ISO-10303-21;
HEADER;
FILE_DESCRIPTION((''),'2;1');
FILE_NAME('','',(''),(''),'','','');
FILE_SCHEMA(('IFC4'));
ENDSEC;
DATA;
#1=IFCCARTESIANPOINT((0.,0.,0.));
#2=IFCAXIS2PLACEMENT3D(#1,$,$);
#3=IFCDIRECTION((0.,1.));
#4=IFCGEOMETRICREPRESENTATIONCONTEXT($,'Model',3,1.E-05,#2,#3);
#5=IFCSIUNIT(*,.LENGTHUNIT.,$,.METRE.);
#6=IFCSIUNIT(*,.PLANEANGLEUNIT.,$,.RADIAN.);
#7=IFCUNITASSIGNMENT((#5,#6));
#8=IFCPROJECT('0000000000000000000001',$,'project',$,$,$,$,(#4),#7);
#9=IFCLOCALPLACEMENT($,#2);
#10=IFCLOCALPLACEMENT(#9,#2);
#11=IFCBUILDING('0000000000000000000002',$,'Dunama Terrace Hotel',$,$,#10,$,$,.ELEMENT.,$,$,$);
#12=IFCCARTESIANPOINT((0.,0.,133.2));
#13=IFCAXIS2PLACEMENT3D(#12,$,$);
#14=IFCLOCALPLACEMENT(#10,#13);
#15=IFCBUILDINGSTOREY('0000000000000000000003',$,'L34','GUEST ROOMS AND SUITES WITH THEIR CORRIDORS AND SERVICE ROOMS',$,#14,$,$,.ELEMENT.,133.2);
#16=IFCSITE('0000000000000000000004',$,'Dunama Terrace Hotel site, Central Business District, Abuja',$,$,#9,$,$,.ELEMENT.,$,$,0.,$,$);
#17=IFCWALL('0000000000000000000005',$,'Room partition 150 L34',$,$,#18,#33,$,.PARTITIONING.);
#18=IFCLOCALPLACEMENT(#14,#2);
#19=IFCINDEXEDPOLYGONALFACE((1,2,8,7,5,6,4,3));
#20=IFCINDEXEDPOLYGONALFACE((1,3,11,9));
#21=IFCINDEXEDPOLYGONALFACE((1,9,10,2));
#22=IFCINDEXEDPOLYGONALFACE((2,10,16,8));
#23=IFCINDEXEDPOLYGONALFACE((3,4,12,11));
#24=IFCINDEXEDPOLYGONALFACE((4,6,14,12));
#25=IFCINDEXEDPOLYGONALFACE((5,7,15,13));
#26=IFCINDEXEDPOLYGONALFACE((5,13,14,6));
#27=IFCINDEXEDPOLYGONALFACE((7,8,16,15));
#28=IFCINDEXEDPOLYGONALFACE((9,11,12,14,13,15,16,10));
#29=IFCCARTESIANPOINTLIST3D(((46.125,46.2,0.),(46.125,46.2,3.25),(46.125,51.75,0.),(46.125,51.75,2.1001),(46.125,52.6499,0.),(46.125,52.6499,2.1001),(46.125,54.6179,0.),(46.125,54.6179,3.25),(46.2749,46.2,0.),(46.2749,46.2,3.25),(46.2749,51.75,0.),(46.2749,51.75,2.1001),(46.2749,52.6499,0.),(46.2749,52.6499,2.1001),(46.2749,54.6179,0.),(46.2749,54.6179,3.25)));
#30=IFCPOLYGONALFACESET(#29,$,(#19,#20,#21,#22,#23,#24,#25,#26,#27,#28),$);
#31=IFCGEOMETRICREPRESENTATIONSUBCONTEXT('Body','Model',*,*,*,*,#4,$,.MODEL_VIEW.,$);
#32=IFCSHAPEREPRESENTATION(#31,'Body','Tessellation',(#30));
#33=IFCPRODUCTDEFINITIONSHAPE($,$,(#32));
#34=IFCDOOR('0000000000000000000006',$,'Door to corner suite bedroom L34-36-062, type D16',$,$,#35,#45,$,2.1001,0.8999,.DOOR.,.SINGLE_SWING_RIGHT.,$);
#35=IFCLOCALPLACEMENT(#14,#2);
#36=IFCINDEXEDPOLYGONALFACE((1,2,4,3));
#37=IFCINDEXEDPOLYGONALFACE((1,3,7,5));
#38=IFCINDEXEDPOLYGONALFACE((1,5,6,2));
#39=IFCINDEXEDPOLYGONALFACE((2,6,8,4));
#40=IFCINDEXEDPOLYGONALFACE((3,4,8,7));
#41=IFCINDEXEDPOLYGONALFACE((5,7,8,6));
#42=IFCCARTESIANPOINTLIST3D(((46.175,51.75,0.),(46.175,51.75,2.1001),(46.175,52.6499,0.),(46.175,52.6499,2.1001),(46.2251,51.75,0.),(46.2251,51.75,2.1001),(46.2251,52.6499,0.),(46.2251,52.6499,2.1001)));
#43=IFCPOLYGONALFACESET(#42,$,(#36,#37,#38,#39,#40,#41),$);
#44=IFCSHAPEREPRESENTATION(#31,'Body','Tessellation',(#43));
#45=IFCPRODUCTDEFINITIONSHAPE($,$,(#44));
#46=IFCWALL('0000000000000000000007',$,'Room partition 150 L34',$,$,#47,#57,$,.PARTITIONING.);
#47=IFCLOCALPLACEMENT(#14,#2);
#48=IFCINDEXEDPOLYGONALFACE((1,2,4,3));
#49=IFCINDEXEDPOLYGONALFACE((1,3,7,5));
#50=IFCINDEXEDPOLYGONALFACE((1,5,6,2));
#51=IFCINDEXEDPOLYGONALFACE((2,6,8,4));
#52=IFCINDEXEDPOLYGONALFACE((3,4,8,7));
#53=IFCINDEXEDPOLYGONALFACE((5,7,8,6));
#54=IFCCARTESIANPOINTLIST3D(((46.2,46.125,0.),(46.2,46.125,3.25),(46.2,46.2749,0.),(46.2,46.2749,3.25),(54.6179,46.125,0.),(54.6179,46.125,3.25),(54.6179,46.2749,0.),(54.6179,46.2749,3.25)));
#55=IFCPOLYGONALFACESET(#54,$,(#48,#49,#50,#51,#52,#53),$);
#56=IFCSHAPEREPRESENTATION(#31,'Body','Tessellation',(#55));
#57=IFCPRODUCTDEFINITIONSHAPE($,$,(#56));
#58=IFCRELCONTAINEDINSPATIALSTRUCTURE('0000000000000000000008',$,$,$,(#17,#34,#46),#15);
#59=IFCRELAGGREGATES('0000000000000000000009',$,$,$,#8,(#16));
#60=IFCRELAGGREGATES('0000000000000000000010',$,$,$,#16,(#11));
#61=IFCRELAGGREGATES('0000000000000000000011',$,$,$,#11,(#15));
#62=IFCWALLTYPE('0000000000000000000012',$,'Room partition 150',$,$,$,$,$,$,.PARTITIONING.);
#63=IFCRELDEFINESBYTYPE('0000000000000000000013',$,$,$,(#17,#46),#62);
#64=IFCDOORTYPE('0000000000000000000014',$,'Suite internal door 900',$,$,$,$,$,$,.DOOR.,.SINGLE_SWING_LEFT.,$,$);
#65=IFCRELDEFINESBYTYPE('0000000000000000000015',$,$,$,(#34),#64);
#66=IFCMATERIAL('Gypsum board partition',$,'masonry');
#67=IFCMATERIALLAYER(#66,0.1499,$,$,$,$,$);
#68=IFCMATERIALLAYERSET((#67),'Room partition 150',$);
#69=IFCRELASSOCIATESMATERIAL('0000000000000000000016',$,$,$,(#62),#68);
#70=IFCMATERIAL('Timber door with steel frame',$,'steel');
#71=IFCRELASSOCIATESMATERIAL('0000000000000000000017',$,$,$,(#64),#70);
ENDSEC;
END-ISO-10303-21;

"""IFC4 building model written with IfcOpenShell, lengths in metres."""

from ifc_helpers import new_model, si_unit, direction, frame, frame_2d, origin, place, context, subcontext, project, spatial, rectangle, extrude, material, layer, layer_set, type_object, element, fill, save


model = new_model("IFC4")

# Units and contexts
model_context = context("Model", 3, precision=1e-05, world=origin(), true_north=direction((0.0, 1.0)))
body_context = subcontext(model_context, "Body", "Model", "MODEL_VIEW")
ifc_project = project(units=[si_unit("LENGTHUNIT", "METRE"), si_unit("PLANEANGLEUNIT", "RADIAN")], contexts=[model_context])

# Site, building, storey
site_placement = place(None, origin())
site = spatial("IfcSite", under=ifc_project, at=site_placement, Name="Dunama Terrace Hotel site, Central Business District, Abuja", CompositionType="ELEMENT", RefElevation=0.0)
building_placement = place(site_placement, origin())
building = spatial("IfcBuilding", under=site, at=building_placement, Name="Dunama Terrace Hotel", CompositionType="ELEMENT")
storey_placement = place(building_placement, frame((0.0, 0.0, 133.2)))
storey = spatial("IfcBuildingStorey", under=building, at=storey_placement, Name="L34", Description="GUEST ROOMS AND SUITES WITH THEIR CORRIDORS AND SERVICE ROOMS", CompositionType="ELEMENT", Elevation=133.2)

# Wall, opening, door
ifc_material_1 = material(Name="Gypsum board partition", Category="masonry")
ifc_layer_1 = layer(ifc_material_1, 0.1499)
ifc_layer_set_1 = layer_set([ifc_layer_1], Name="Room partition 150")
wall_type_1 = type_object("IfcWallType", Name="Room partition 150", PredefinedType="PARTITIONING", material=ifc_layer_set_1)
wall_1_placement = place(storey_placement, frame((46.2, 46.2, 0.0), z_axis=(0.0, 0.0, 1.0), x_axis=(0.0, 1.0, 0.0)))
wall_1 = element("IfcWall", 1, at=wall_1_placement, inside=storey, type_object=wall_type_1, Name="Room partition 150 L34", PredefinedType="PARTITIONING", context=body_context, shape_type="SweptSolid", body=[
    extrude(rectangle(XDim=8.418, YDim=0.1499, at=frame_2d((4.209, 0.0))), origin(), (0.0, 0.0, 1.0), 3.25),
])
opening_1_placement = place(wall_1_placement, frame((5.55, 0.0, 0.0)))
opening_1 = element("IfcOpeningElement", 2, at=opening_1_placement, cuts=wall_1, PredefinedType="OPENING", context=body_context, shape_type="SweptSolid", body=[
    extrude(rectangle(XDim=0.8999, YDim=2.1001, at=frame_2d((0.45, 1.05))), frame((0.0, 0.085, 0.0), z_axis=(0.0, -1.0, 0.0), x_axis=(1.0, 0.0, 0.0)), (0.0, 0.0, 1.0), 0.1699),
])
ifc_material_2 = material(Name="Timber door with steel frame", Category="steel")
door_type_1 = type_object("IfcDoorType", Name="Suite internal door 900", OperationType="SINGLE_SWING_LEFT", PredefinedType="DOOR", material=ifc_material_2)
door_1_placement = place(opening_1_placement, frame((0.8999, 0.0, 0.0), z_axis=(0.0, 0.0, 1.0), x_axis=(-1.0, 0.0, 0.0)))
door_1 = element("IfcDoor", 3, at=door_1_placement, inside=storey, type_object=door_type_1, Name="Door to corner suite bedroom L34-36-062, type D16", OperationType="SINGLE_SWING_RIGHT", OverallHeight=2.1001, OverallWidth=0.8999, PredefinedType="DOOR", context=body_context, shape_type="SweptSolid", body=[
    extrude(rectangle(XDim=0.8999, YDim=2.1001, at=frame_2d((0.45, 1.05))), frame((0.0, 0.0251, 0.0), z_axis=(0.0, -1.0, 0.0), x_axis=(1.0, 0.0, 0.0)), (0.0, 0.0, 1.0), 0.05),
])
fill(opening_1, door_1)

# Wall
wall_2_placement = place(storey_placement, frame((46.2, 46.2, 0.0), z_axis=(0.0, 0.0, 1.0), x_axis=(1.0, 0.0, 0.0)))
element("IfcWall", 4, at=wall_2_placement, inside=storey, type_object=wall_type_1, Name="Room partition 150 L34", PredefinedType="PARTITIONING", context=body_context, shape_type="SweptSolid", body=[
    extrude(rectangle(XDim=8.418, YDim=0.1499, at=frame_2d((4.209, 0.0))), origin(), (0.0, 0.0, 1.0), 3.25),
])

save(model, "model.ifc")
